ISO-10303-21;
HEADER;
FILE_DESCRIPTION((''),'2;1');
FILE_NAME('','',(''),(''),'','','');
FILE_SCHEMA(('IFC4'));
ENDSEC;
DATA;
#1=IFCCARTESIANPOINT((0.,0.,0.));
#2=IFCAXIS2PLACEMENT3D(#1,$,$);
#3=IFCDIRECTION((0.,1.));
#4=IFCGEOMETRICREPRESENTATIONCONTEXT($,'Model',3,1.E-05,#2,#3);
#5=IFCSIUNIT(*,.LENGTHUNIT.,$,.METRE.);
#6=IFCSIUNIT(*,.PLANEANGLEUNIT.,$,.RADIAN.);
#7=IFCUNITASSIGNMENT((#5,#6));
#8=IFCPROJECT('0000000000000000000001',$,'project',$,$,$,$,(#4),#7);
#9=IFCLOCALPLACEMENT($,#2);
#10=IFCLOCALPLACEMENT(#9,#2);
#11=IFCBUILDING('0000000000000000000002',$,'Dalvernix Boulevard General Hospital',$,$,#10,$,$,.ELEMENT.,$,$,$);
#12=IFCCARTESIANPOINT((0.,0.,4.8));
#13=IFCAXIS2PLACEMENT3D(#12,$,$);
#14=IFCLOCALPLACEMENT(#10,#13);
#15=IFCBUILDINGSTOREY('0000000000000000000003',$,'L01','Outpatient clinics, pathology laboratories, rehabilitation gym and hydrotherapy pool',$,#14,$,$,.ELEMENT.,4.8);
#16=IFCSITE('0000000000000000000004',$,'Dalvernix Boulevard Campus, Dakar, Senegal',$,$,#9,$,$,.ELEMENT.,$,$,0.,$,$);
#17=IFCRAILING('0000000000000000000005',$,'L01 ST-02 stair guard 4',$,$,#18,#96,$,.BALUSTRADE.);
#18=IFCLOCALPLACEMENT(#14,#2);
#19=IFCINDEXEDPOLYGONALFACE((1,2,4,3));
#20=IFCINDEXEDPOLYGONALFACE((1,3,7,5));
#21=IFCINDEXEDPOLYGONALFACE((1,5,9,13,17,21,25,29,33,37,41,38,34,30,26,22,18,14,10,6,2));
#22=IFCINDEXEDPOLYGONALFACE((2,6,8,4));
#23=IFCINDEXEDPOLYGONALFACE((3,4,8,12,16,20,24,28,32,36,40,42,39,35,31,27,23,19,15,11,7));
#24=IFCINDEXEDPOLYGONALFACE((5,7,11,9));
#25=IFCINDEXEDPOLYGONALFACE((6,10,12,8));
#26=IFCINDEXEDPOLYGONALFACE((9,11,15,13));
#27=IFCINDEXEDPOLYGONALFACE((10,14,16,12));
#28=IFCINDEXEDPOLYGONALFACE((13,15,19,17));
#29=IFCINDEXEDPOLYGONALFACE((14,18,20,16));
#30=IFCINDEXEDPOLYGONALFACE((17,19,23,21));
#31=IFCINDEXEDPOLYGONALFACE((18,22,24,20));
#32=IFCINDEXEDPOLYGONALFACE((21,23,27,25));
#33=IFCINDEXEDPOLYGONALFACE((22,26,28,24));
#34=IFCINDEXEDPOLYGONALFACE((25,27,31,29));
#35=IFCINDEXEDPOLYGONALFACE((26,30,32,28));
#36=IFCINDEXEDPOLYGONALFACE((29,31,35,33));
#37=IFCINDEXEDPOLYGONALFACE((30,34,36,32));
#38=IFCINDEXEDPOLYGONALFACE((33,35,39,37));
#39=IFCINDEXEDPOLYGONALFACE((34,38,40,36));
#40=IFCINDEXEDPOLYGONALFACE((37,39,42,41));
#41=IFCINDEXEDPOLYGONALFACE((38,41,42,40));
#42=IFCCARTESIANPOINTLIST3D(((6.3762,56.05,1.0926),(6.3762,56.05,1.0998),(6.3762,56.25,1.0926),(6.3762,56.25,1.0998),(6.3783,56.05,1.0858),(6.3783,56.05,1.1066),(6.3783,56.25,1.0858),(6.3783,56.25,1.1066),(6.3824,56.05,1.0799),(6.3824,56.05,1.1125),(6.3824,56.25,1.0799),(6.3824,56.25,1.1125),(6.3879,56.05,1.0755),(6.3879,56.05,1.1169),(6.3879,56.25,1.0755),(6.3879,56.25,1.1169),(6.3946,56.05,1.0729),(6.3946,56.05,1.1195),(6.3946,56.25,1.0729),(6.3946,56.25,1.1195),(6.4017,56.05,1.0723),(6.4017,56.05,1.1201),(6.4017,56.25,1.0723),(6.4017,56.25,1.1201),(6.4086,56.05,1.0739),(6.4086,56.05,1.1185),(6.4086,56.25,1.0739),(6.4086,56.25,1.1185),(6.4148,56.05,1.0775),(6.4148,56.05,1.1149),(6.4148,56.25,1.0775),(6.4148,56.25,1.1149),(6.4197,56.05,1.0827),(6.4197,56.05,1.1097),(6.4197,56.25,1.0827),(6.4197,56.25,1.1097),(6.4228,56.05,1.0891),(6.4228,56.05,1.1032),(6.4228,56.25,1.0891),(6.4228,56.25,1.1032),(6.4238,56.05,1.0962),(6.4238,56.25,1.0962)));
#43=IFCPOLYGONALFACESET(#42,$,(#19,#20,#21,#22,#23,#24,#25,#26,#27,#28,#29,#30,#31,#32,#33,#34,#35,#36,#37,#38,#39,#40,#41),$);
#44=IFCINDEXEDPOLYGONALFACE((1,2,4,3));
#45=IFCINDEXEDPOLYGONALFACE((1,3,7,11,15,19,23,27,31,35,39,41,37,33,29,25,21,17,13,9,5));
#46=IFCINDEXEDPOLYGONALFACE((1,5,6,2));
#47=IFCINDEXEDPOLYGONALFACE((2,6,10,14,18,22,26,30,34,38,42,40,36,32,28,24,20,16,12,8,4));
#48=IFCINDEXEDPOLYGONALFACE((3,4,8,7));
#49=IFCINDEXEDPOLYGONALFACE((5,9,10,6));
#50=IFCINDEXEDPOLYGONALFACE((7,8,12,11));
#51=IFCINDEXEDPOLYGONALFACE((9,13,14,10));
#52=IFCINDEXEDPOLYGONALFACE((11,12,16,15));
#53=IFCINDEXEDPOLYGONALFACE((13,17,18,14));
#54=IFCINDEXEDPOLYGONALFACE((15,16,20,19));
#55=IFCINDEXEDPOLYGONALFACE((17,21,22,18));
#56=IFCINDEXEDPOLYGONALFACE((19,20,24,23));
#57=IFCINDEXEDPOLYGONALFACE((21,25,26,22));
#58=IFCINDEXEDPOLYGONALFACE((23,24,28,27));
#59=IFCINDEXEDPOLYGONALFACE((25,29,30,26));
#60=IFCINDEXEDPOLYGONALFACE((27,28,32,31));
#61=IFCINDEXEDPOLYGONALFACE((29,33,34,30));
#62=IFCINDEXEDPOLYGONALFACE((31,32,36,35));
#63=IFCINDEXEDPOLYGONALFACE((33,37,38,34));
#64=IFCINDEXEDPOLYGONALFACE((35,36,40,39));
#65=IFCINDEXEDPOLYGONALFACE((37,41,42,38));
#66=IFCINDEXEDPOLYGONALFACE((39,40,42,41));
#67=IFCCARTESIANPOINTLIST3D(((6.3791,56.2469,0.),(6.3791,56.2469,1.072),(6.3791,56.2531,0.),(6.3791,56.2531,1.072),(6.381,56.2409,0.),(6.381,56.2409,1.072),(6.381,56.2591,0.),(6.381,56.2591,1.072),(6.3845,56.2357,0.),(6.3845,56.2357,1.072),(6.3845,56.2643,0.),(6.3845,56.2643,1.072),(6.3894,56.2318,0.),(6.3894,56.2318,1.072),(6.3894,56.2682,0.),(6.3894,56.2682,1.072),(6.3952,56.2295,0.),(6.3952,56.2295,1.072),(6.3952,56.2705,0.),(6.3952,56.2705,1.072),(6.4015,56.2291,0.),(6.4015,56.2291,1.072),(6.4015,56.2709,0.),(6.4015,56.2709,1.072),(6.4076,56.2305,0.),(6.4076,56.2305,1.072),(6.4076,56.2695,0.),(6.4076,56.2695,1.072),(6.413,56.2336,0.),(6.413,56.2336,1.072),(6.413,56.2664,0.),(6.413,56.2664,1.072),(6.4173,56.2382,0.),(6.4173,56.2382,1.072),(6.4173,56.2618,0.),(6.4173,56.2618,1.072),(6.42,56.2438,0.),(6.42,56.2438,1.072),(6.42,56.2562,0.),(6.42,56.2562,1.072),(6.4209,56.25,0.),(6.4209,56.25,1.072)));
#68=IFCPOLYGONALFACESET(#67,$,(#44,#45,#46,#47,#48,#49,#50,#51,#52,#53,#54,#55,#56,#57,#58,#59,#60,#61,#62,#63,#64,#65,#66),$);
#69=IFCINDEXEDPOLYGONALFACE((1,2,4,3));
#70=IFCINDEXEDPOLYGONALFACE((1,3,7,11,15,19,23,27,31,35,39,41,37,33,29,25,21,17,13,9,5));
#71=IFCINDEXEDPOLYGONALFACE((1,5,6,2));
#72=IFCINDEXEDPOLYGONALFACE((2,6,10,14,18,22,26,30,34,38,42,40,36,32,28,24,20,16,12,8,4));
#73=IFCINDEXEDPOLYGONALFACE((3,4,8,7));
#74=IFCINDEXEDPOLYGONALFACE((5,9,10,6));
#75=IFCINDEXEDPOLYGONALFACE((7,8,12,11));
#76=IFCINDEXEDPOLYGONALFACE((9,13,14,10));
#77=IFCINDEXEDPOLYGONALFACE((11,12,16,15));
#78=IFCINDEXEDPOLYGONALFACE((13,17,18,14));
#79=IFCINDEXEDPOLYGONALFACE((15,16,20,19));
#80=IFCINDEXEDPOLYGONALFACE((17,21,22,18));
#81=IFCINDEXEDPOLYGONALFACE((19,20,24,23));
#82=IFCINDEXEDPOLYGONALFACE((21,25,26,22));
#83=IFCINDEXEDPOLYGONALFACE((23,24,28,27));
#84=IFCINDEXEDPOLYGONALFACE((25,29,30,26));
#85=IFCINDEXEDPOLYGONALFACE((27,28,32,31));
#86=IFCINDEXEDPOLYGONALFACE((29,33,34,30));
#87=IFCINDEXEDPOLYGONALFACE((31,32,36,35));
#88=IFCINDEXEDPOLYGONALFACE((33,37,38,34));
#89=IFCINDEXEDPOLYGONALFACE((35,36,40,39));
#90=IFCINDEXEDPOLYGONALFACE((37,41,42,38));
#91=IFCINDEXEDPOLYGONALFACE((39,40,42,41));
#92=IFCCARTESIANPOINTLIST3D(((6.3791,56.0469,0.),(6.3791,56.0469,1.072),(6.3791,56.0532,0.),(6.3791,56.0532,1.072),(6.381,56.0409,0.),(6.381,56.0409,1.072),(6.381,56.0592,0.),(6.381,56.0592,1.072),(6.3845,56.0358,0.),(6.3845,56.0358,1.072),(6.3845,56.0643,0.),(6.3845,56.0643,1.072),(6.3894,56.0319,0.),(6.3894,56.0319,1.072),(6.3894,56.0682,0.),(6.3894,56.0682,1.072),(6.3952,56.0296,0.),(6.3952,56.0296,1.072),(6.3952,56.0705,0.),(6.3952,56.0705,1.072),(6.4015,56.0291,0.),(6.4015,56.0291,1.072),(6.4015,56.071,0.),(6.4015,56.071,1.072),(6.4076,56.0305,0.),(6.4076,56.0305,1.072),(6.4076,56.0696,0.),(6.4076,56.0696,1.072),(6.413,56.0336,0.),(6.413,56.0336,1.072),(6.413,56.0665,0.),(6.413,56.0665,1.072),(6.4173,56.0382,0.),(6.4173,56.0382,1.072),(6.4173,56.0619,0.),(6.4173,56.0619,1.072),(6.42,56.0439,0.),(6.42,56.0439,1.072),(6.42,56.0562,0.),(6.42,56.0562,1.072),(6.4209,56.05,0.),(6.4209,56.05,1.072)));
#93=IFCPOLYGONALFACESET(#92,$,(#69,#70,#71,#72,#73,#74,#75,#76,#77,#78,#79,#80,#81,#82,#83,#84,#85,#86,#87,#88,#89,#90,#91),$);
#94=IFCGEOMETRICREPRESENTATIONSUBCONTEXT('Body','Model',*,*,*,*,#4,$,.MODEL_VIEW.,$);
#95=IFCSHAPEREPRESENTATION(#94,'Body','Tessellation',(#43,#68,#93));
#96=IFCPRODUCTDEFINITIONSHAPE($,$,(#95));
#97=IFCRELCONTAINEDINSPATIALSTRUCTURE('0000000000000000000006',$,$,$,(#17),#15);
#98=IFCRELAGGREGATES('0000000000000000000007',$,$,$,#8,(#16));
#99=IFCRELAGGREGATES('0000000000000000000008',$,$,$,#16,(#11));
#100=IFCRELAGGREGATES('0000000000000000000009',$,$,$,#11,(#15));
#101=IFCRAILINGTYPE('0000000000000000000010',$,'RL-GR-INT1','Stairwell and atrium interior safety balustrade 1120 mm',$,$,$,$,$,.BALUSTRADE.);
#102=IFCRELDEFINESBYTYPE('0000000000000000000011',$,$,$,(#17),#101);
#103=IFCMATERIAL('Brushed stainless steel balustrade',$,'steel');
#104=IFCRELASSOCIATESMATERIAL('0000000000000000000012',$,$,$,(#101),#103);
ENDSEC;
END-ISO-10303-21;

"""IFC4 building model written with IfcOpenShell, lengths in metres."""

from ifc_helpers import new_model, si_unit, direction, frame, origin, origin_2d, place, context, subcontext, project, spatial, circle, extrude, material, type_object, element, save


model = new_model("IFC4")

# Units and contexts
model_context = context("Model", 3, precision=1e-05, world=origin(), true_north=direction((0.0, 1.0)))
body_context = subcontext(model_context, "Body", "Model", "MODEL_VIEW")
ifc_project = project(units=[si_unit("LENGTHUNIT", "METRE"), si_unit("PLANEANGLEUNIT", "RADIAN")], contexts=[model_context])

# Site, building, storey
site_placement = place(None, origin())
site = spatial("IfcSite", under=ifc_project, at=site_placement, Name="Dalvernix Boulevard Campus, Dakar, Senegal", CompositionType="ELEMENT", RefElevation=0.0)
building_placement = place(site_placement, origin())
building = spatial("IfcBuilding", under=site, at=building_placement, Name="Dalvernix Boulevard General Hospital", CompositionType="ELEMENT")
storey_placement = place(building_placement, frame((0.0, 0.0, 4.8)))
storey = spatial("IfcBuildingStorey", under=building, at=storey_placement, Name="L01", Description="Outpatient clinics, pathology laboratories, rehabilitation gym and hydrotherapy pool", CompositionType="ELEMENT", Elevation=4.8)

# Railing
ifc_material_1 = material(Name="Brushed stainless steel balustrade", Category="steel")
railing_type_1 = type_object("IfcRailingType", Name="RL-GR-INT1", Description="Stairwell and atrium interior safety balustrade 1120 mm", PredefinedType="BALUSTRADE", material=ifc_material_1)
railing_1_placement = place(storey_placement, frame((6.3999, 56.25, 0.0)))
element("IfcRailing", 1, at=railing_1_placement, inside=storey, type_object=railing_type_1, Name="L01 ST-02 stair guard 4", PredefinedType="BALUSTRADE", context=body_context, shape_type="SweptSolid", body=[
    extrude(circle(Radius=0.0239, at=origin_2d()), frame((0.0, 0.0, 1.0962), z_axis=(0.0, -1.0, 0.0), x_axis=(1.0, 0.0, 0.0)), (0.0, 0.0, 1.0), 0.2),
    extrude(circle(Radius=0.021, at=origin_2d()), origin(), (0.0, 0.0, 1.0), 1.072),
    extrude(circle(Radius=0.021, at=origin_2d()), frame((0.0, -0.2, 0.0)), (0.0, 0.0, 1.0), 1.072),
])

save(model, "model.ifc")
